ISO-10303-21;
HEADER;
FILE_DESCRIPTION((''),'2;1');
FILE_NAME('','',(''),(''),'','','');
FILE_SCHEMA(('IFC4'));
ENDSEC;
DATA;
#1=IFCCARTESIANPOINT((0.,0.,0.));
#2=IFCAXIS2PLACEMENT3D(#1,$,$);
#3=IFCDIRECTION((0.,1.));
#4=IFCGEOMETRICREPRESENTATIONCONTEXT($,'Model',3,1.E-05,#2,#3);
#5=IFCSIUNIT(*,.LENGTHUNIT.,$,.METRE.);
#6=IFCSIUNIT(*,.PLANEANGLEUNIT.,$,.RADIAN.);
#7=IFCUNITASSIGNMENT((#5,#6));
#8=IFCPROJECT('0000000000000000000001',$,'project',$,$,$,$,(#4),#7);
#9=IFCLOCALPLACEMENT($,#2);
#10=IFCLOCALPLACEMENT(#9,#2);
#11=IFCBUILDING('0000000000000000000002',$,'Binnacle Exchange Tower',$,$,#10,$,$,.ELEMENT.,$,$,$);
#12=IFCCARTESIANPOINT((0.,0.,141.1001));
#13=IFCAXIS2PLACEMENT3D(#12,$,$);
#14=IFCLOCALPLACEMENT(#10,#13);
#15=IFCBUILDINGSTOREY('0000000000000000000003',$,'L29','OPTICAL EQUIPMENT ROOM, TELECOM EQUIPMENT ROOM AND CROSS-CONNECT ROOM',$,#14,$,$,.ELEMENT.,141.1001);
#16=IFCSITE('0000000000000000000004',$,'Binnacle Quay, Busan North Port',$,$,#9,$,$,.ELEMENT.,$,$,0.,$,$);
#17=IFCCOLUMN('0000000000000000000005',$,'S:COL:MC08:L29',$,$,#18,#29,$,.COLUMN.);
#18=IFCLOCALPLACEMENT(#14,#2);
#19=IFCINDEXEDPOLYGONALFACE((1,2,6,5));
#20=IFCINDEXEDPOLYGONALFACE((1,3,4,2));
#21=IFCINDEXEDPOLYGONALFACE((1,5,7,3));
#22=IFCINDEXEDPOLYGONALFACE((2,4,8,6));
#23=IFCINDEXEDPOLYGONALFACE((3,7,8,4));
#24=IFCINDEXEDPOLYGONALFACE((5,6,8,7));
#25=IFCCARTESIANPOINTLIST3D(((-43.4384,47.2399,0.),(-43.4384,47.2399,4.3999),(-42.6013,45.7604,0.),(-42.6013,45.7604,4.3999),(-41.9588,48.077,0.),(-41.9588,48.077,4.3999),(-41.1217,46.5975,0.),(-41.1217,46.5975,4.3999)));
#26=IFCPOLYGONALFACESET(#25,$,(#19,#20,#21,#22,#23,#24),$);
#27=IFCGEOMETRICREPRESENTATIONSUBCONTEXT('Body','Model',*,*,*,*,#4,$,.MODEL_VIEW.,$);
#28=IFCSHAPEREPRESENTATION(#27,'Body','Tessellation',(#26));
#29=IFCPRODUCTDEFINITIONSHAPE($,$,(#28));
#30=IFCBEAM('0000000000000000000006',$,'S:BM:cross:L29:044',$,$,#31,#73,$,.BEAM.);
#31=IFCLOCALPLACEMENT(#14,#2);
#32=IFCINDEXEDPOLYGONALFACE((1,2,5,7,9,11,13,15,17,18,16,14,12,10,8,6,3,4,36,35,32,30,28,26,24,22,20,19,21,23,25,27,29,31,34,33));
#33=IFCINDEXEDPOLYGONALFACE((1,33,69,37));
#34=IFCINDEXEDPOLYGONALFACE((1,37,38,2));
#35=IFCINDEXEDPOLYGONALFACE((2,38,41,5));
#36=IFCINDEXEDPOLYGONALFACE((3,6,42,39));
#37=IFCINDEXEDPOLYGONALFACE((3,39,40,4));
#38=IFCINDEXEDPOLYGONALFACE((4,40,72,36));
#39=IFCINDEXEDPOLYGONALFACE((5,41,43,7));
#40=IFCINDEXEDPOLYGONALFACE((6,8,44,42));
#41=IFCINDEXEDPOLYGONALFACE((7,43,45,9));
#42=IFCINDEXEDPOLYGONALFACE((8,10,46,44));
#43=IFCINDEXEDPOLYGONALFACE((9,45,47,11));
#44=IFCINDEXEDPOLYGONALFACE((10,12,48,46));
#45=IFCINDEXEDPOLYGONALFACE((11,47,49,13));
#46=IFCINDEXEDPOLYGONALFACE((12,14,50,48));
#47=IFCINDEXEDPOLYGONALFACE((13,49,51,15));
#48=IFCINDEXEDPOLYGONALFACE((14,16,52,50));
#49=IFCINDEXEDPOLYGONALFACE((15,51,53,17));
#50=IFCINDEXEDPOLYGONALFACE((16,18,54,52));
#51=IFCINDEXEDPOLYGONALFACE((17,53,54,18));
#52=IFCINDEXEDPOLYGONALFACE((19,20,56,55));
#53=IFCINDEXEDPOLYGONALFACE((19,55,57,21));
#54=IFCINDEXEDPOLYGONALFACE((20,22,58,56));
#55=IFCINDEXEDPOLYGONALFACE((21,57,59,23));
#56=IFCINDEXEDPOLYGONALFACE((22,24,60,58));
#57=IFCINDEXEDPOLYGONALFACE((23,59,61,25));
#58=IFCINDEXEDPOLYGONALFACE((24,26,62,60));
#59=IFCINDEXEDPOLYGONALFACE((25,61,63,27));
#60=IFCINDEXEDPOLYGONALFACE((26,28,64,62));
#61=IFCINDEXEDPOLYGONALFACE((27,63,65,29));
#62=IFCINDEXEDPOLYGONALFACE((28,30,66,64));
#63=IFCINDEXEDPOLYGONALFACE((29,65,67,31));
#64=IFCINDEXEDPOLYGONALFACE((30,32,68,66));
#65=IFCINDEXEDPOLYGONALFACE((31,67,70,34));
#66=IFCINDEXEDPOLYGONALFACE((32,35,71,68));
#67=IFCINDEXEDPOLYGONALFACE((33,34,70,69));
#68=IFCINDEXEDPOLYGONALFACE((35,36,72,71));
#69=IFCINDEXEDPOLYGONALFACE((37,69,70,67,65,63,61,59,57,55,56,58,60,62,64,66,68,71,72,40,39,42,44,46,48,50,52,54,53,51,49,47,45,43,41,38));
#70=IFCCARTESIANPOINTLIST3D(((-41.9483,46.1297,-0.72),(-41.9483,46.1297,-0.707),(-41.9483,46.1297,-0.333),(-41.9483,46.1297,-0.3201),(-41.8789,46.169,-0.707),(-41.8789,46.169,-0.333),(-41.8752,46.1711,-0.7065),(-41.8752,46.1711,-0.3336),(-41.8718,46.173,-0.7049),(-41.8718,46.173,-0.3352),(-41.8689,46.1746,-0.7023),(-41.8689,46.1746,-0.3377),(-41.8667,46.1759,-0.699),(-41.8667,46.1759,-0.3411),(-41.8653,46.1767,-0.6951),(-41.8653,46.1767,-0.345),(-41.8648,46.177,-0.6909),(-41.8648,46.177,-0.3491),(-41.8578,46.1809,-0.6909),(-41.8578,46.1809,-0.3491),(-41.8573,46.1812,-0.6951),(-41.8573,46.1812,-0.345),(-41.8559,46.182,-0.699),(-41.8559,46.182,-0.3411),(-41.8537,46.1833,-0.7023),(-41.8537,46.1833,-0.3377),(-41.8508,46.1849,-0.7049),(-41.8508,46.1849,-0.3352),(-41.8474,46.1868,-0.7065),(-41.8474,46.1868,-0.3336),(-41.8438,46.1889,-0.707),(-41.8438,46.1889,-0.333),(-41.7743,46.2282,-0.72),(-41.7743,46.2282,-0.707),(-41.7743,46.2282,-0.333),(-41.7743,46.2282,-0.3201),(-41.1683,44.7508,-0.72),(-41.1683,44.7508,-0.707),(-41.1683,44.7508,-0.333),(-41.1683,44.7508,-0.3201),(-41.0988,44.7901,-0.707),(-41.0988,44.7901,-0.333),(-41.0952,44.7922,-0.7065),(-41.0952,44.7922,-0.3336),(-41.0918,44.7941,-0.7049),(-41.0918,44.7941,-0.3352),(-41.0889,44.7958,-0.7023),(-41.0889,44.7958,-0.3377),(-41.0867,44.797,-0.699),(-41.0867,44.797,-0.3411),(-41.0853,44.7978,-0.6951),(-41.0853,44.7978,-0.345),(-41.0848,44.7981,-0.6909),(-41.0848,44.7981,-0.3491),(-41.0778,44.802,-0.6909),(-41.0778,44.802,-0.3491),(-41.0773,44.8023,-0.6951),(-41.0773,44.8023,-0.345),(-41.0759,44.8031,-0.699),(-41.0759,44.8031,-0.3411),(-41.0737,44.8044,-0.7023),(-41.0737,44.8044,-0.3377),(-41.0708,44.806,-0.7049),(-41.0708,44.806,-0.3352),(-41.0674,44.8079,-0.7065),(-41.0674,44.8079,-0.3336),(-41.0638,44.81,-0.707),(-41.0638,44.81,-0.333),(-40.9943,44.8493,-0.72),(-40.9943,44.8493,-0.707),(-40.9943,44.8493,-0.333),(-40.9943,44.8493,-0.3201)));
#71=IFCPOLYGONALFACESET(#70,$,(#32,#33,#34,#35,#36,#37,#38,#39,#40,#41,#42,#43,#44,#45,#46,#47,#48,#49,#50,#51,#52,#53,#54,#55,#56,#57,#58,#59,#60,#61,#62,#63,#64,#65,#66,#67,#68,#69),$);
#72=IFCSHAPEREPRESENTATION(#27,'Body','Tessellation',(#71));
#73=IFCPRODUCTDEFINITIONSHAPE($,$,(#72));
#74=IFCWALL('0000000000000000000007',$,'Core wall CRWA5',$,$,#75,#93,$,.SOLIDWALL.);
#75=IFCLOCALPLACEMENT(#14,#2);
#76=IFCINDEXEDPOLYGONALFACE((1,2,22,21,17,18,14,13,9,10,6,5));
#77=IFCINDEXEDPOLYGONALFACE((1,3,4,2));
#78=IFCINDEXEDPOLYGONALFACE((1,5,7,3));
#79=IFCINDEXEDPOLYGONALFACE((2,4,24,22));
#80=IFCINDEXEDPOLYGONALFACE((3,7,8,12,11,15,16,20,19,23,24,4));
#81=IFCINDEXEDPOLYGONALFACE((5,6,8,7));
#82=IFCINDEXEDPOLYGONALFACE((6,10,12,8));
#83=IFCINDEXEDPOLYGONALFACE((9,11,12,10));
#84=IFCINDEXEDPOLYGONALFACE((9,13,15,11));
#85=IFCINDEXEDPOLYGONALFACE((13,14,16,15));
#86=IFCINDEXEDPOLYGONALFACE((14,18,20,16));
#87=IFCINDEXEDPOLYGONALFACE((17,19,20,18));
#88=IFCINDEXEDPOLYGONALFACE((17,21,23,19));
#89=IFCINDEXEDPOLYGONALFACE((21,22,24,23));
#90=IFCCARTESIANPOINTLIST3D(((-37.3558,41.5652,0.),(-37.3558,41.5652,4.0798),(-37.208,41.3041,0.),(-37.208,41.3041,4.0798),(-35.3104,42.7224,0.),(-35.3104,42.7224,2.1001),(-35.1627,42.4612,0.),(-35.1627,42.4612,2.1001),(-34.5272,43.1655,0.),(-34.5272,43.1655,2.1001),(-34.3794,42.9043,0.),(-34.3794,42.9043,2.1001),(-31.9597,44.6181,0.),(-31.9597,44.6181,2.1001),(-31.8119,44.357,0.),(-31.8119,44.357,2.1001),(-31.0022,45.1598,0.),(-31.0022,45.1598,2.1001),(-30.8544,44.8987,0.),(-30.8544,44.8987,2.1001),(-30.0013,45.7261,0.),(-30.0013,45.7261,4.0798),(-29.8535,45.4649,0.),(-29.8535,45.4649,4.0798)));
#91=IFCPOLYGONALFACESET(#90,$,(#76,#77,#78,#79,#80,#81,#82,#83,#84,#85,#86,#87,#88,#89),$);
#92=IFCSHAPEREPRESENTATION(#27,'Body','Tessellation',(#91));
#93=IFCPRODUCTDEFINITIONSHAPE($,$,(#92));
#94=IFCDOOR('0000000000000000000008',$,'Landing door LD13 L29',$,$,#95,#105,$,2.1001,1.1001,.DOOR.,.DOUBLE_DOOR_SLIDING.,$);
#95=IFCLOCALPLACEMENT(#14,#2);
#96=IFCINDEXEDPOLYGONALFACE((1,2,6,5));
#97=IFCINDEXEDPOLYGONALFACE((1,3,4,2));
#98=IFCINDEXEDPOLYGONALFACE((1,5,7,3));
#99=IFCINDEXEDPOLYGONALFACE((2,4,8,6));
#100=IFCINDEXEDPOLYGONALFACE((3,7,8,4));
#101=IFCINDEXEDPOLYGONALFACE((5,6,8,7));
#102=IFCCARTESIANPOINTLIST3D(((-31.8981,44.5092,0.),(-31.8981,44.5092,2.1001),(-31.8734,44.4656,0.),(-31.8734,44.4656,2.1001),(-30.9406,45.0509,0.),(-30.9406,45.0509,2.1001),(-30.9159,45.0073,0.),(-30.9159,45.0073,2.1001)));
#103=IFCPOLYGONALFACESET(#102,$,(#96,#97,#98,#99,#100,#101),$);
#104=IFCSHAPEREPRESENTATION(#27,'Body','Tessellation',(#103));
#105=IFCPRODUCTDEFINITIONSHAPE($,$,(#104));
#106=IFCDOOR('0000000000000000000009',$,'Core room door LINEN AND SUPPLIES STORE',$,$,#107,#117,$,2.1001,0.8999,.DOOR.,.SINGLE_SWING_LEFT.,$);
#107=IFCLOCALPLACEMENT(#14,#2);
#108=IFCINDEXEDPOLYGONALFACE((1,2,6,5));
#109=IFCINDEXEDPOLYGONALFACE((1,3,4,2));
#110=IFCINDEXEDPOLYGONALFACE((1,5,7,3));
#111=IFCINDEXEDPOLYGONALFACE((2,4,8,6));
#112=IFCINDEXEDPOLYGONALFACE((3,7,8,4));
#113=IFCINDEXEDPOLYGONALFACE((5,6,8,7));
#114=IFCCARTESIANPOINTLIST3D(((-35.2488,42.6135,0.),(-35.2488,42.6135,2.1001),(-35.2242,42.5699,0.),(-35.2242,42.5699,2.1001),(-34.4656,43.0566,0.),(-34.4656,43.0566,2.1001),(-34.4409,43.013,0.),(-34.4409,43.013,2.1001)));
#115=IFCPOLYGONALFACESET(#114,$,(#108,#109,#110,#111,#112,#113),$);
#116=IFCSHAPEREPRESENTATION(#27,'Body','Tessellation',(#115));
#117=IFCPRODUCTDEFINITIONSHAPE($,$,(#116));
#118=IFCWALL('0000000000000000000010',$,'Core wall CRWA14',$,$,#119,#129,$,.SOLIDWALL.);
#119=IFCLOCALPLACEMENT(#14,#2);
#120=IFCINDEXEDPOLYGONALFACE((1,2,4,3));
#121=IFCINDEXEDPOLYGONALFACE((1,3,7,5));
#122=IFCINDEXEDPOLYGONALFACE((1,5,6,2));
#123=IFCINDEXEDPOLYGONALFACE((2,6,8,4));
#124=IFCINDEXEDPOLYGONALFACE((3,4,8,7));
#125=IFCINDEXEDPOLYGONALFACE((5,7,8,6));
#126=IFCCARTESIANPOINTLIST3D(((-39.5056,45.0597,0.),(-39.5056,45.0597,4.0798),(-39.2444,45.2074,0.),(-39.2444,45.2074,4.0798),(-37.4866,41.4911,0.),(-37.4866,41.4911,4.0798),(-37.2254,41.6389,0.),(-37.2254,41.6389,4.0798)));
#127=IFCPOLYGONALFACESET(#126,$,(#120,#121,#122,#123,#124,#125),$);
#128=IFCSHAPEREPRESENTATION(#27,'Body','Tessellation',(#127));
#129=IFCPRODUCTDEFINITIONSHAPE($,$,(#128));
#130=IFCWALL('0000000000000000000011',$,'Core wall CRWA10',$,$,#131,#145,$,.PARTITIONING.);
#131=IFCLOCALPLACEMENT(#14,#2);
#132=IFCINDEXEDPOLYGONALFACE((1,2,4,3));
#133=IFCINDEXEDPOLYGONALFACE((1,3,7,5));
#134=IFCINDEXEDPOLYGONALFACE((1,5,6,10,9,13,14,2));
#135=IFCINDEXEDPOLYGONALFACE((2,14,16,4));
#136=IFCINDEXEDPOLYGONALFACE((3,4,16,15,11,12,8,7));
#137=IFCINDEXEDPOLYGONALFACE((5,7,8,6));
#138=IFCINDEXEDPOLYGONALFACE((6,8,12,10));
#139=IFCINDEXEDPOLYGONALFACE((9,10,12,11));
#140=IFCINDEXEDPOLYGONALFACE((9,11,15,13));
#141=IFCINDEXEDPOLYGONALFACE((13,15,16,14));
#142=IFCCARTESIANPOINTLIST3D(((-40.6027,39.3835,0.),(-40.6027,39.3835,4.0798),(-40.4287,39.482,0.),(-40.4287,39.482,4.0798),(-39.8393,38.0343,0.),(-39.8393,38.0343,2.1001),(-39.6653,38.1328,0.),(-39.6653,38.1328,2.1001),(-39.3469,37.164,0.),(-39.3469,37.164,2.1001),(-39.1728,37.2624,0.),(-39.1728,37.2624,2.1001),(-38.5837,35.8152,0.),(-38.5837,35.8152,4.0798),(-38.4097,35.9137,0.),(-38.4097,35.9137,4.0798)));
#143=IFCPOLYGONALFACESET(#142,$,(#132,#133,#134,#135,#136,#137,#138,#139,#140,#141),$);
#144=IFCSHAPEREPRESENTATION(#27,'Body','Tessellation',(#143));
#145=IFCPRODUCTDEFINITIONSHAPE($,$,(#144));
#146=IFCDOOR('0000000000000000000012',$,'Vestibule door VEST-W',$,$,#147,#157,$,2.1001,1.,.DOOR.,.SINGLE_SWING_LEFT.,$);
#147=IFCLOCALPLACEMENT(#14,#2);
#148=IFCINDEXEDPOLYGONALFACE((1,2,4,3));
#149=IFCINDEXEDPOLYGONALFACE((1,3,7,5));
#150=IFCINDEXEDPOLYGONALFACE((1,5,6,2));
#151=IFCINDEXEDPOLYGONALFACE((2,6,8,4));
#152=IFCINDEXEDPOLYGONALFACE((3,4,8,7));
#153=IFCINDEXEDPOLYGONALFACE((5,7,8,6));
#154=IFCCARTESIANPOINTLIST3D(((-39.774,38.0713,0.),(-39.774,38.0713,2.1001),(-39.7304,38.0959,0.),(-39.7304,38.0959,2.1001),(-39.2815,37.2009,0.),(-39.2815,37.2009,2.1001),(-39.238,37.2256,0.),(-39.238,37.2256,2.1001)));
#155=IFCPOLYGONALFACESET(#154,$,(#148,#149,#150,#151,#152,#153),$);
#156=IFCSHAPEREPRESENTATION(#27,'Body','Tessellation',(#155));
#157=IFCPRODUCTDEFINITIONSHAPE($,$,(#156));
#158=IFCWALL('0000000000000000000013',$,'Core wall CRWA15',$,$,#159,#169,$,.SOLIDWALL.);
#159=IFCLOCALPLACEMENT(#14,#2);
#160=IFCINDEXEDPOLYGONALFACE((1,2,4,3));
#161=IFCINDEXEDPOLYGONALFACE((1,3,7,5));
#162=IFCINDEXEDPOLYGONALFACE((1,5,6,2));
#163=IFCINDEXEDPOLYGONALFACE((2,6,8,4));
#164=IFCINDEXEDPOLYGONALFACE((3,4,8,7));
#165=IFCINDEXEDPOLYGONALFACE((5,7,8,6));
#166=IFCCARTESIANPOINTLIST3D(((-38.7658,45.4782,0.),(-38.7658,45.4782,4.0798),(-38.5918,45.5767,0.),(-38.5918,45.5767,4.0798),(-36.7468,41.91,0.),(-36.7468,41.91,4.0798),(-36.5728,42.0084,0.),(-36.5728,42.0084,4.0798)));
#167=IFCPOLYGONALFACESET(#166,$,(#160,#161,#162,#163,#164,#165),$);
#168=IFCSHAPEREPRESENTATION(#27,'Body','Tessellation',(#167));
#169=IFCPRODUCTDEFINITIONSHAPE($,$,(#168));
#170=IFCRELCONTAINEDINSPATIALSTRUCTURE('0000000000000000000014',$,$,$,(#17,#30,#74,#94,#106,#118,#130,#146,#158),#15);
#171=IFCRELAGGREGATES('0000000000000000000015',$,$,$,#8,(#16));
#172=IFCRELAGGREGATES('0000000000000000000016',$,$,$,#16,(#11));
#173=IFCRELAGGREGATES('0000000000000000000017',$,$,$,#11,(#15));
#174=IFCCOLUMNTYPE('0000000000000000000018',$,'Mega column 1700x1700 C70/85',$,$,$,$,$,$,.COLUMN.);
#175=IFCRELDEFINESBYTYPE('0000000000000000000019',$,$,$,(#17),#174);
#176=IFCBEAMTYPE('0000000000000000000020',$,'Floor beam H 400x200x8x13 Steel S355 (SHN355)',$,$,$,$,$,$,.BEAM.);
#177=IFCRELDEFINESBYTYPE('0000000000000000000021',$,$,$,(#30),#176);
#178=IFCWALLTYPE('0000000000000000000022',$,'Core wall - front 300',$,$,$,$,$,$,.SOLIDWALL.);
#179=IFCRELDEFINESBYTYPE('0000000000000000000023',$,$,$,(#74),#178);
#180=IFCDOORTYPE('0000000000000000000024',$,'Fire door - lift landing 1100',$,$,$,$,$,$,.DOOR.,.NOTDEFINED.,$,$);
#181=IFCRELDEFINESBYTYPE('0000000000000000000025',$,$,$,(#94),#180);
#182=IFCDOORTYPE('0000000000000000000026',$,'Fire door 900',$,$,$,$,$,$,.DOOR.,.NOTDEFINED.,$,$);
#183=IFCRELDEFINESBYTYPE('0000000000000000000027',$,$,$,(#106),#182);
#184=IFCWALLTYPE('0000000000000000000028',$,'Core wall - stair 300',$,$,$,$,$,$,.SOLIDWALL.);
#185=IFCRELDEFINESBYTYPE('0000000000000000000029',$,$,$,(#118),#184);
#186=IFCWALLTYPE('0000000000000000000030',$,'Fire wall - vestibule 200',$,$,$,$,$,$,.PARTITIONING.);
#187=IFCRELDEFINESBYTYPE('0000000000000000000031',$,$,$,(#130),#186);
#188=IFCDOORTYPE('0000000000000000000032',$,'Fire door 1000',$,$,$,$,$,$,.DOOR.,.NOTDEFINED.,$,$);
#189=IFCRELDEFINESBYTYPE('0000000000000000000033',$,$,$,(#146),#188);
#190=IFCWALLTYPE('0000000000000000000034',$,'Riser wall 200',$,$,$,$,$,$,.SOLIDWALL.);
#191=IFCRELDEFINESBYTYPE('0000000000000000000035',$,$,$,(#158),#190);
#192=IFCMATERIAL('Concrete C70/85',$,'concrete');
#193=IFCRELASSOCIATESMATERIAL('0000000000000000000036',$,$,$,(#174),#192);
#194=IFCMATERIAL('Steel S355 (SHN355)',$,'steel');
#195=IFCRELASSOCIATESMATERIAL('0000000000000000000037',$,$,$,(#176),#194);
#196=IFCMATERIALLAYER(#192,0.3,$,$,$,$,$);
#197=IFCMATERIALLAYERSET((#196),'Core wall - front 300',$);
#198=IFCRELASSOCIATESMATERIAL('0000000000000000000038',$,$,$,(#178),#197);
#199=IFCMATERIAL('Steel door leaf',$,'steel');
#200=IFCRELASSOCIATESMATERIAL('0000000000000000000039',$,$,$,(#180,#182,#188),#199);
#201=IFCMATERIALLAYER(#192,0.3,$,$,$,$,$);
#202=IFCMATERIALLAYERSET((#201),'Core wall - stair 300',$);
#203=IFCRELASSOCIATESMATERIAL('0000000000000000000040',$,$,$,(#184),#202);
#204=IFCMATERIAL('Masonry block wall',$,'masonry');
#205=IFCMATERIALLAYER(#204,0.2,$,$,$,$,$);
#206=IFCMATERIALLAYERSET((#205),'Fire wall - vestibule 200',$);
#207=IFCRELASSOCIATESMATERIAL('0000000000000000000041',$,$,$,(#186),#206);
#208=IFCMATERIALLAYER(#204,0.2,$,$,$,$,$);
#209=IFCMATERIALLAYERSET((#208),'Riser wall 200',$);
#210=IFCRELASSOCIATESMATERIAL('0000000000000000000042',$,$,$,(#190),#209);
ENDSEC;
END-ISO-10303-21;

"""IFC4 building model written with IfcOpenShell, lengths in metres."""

from ifc_helpers import new_model, si_unit, direction, frame, frame_2d, origin, origin_2d, place, context, subcontext, project, spatial, rectangle, i_section, extrude, material, layer, layer_set, material_profile, profile_set, type_object, element, fill, save


model = new_model("IFC4")

# Units and contexts
model_context = context("Model", 3, precision=1e-05, world=origin(), true_north=direction((0.0, 1.0)))
body_context = subcontext(model_context, "Body", "Model", "MODEL_VIEW")
ifc_project = project(units=[si_unit("LENGTHUNIT", "METRE"), si_unit("PLANEANGLEUNIT", "RADIAN")], contexts=[model_context])

# Site, building, storey
site_placement = place(None, origin())
site = spatial("IfcSite", under=ifc_project, at=site_placement, Name="Binnacle Quay, Busan North Port", CompositionType="ELEMENT", RefElevation=0.0)
building_placement = place(site_placement, origin())
building = spatial("IfcBuilding", under=site, at=building_placement, Name="Binnacle Exchange Tower", CompositionType="ELEMENT")
storey_placement = place(building_placement, frame((0.0, 0.0, 141.1001)))
storey = spatial("IfcBuildingStorey", under=building, at=storey_placement, Name="L29", Description="OPTICAL EQUIPMENT ROOM, TELECOM EQUIPMENT ROOM AND CROSS-CONNECT ROOM", CompositionType="ELEMENT", Elevation=141.1001)

# Column
ifc_material_1 = material(Name="Concrete C70/85", Category="concrete")
ifc_material_profile_1 = material_profile(ifc_material_1, rectangle(XDim=1.7, YDim=1.7, at=origin_2d()), Name="Mega column 1700x1700 C70/85")
ifc_profile_set_1 = profile_set([ifc_material_profile_1], Name="Concrete C70/85")
column_type = type_object("IfcColumnType", Name="Mega column 1700x1700 C70/85", PredefinedType="COLUMN", material=ifc_profile_set_1)
column_placement = place(storey_placement, frame((-42.28, 46.9187, 0.0), z_axis=(0.0, 0.0, 1.0), x_axis=(-0.870356, -0.492424, 0.0)))
element("IfcColumn", 1, at=column_placement, inside=storey, type_object=column_type, Name="S:COL:MC08:L29", PredefinedType="COLUMN", context=body_context, shape_type="SweptSolid", body=[
    extrude(rectangle(XDim=1.7, YDim=1.7, at=origin_2d()), origin(), (0.0, 0.0, 1.0), 4.3999),
])

# Beam
ifc_material_2 = material(Name="Steel S355 (SHN355)", Category="steel")
ifc_material_profile_2 = material_profile(ifc_material_2, i_section(OverallWidth=0.2, OverallDepth=0.3999, WebThickness=0.0081, FlangeThickness=0.0129, FilletRadius=0.0161, at=origin_2d()), Name="H 400x200x8x13")
ifc_profile_set_2 = profile_set([ifc_material_profile_2], Name="Steel S355 (SHN355)")
beam_type = type_object("IfcBeamType", Name="Floor beam H 400x200x8x13 Steel S355 (SHN355)", PredefinedType="BEAM", material=ifc_profile_set_2)
beam_placement = place(storey_placement, frame((-41.8613, 46.179, -0.52), z_axis=(0.492367, -0.870388, 0.0), x_axis=(0.870388, 0.492367, 0.0)))
element("IfcBeam", 2, at=beam_placement, inside=storey, type_object=beam_type, Name="S:BM:cross:L29:044", PredefinedType="BEAM", context=body_context, shape_type="SweptSolid", body=[
    extrude(i_section(OverallWidth=0.2, OverallDepth=0.3999, WebThickness=0.0081, FlangeThickness=0.0129, FilletRadius=0.0161, at=origin_2d()), origin(), (0.0, 0.0, 1.0), 1.5842),
])

# Wall, openings, doors
ifc_layer_1 = layer(ifc_material_1, 0.3)
ifc_layer_set_1 = layer_set([ifc_layer_1], Name="Core wall - front 300")
wall_type_1 = type_object("IfcWallType", Name="Core wall - front 300", PredefinedType="SOLIDWALL", material=ifc_layer_set_1)
wall_1_placement = place(storey_placement, frame((-37.282, 41.4346, 0.0), z_axis=(0.0, 0.0, 1.0), x_axis=(0.87036, 0.492416, 0.0)))
wall_1 = element("IfcWall", 3, at=wall_1_placement, inside=storey, type_object=wall_type_1, Name="Core wall CRWA5", PredefinedType="SOLIDWALL", context=body_context, shape_type="SweptSolid", body=[
    extrude(rectangle(XDim=8.45, YDim=0.3, at=frame_2d((4.2251, 0.0))), origin(), (0.0, 0.0, 1.0), 4.0798),
])
opening_1_placement = place(wall_1_placement, frame((6.2, 0.0, 0.0)))
opening_1 = element("IfcOpeningElement", 4, at=opening_1_placement, cuts=wall_1, PredefinedType="OPENING", context=body_context, shape_type="SweptSolid", body=[
    extrude(rectangle(XDim=1.1001, YDim=2.1001, at=frame_2d((0.55, 1.05))), frame((0.0, 0.1599, 0.0), z_axis=(0.0, -1.0, 0.0), x_axis=(1.0, 0.0, 0.0)), (0.0, 0.0, 1.0), 0.3201),
])
opening_2_placement = place(wall_1_placement, frame((2.3501, 0.0, 0.0)))
opening_2 = element("IfcOpeningElement", 5, at=opening_2_placement, cuts=wall_1, PredefinedType="OPENING", context=body_context, shape_type="SweptSolid", body=[
    extrude(rectangle(XDim=0.8999, YDim=2.1001, at=frame_2d((0.45, 1.05))), frame((0.0, 0.1599, 0.0), z_axis=(0.0, -1.0, 0.0), x_axis=(1.0, 0.0, 0.0)), (0.0, 0.0, 1.0), 0.3201),
])
ifc_material_3 = material(Name="Steel door leaf", Category="steel")
door_type_1 = type_object("IfcDoorType", Name="Fire door - lift landing 1100", OperationType="NOTDEFINED", PredefinedType="DOOR", material=ifc_material_3)
door_1_placement = place(opening_1_placement, origin())
door_1 = element("IfcDoor", 6, at=door_1_placement, inside=storey, type_object=door_type_1, Name="Landing door LD13 L29", OperationType="DOUBLE_DOOR_SLIDING", OverallHeight=2.1001, OverallWidth=1.1001, PredefinedType="DOOR", context=body_context, shape_type="SweptSolid", body=[
    extrude(rectangle(XDim=1.1001, YDim=2.1001, at=frame_2d((0.55, 1.05))), frame((0.0, 0.0249, 0.0), z_axis=(0.0, -1.0, 0.0), x_axis=(1.0, 0.0, 0.0)), (0.0, 0.0, 1.0), 0.05),
])
fill(opening_1, door_1)
door_type_2 = type_object("IfcDoorType", Name="Fire door 900", OperationType="NOTDEFINED", PredefinedType="DOOR", material=ifc_material_3)
door_2_placement = place(opening_2_placement, origin())
door_2 = element("IfcDoor", 7, at=door_2_placement, inside=storey, type_object=door_type_2, Name="Core room door LINEN AND SUPPLIES STORE", OperationType="SINGLE_SWING_LEFT", OverallHeight=2.1001, OverallWidth=0.8999, PredefinedType="DOOR", context=body_context, shape_type="SweptSolid", body=[
    extrude(rectangle(XDim=0.8999, YDim=2.1001, at=frame_2d((0.45, 1.05))), frame((0.0, 0.0249, 0.0), z_axis=(0.0, -1.0, 0.0), x_axis=(1.0, 0.0, 0.0)), (0.0, 0.0, 1.0), 0.05),
])
fill(opening_2, door_2)

# Wall
ifc_layer_2 = layer(ifc_material_1, 0.3)
ifc_layer_set_2 = layer_set([ifc_layer_2], Name="Core wall - stair 300")
wall_type_2 = type_object("IfcWallType", Name="Core wall - stair 300", PredefinedType="SOLIDWALL", material=ifc_layer_set_2)
wall_2_placement = place(storey_placement, frame((-39.375, 45.1335, 0.0), z_axis=(0.0, 0.0, 1.0), x_axis=(0.492428, -0.870353, 0.0)))
element("IfcWall", 8, at=wall_2_placement, inside=storey, type_object=wall_type_2, Name="Core wall CRWA14", PredefinedType="SOLIDWALL", context=body_context, shape_type="SweptSolid", body=[
    extrude(rectangle(XDim=4.1001, YDim=0.3, at=frame_2d((2.05, 0.0))), origin(), (0.0, 0.0, 1.0), 4.0798),
])

# Wall, opening, door
ifc_material_4 = material(Name="Masonry block wall", Category="masonry")
ifc_layer_3 = layer(ifc_material_4, 0.2)
ifc_layer_set_3 = layer_set([ifc_layer_3], Name="Fire wall - vestibule 200")
wall_type_3 = type_object("IfcWallType", Name="Fire wall - vestibule 200", PredefinedType="PARTITIONING", material=ifc_layer_set_3)
wall_3_placement = place(storey_placement, frame((-40.5156, 39.4326, 0.0), z_axis=(0.0, 0.0, 1.0), x_axis=(0.492454, -0.870339, 0.0)))
wall_3 = element("IfcWall", 9, at=wall_3_placement, inside=storey, type_object=wall_type_3, Name="Core wall CRWA10", PredefinedType="PARTITIONING", context=body_context, shape_type="SweptSolid", body=[
    extrude(rectangle(XDim=4.0999, YDim=0.2, at=frame_2d((2.0498, 0.0))), origin(), (0.0, 0.0, 1.0), 4.0798),
])
opening_3_placement = place(wall_3_placement, frame((1.55, 0.0, 0.0)))
opening_3 = element("IfcOpeningElement", 10, at=opening_3_placement, cuts=wall_3, PredefinedType="OPENING", context=body_context, shape_type="SweptSolid", body=[
    extrude(rectangle(XDim=1.0, YDim=2.1001, at=frame_2d((0.5, 1.05))), frame((0.0, 0.1099, 0.0), z_axis=(0.0, -1.0, 0.0), x_axis=(1.0, 0.0, 0.0)), (0.0, 0.0, 1.0), 0.22),
])
door_type_3 = type_object("IfcDoorType", Name="Fire door 1000", OperationType="NOTDEFINED", PredefinedType="DOOR", material=ifc_material_3)
door_3_placement = place(opening_3_placement, frame((1.0, 0.0, 0.0), z_axis=(0.0, 0.0, 1.0), x_axis=(-1.0, 0.0, 0.0)))
door_3 = element("IfcDoor", 11, at=door_3_placement, inside=storey, type_object=door_type_3, Name="Vestibule door VEST-W", OperationType="SINGLE_SWING_LEFT", OverallHeight=2.1001, OverallWidth=1.0, PredefinedType="DOOR", context=body_context, shape_type="SweptSolid", body=[
    extrude(rectangle(XDim=1.0, YDim=2.1001, at=frame_2d((0.5, 1.05))), frame((0.0, 0.0249, 0.0), z_axis=(0.0, -1.0, 0.0), x_axis=(1.0, 0.0, 0.0)), (0.0, 0.0, 1.0), 0.05),
])
fill(opening_3, door_3)

# Wall
ifc_layer_4 = layer(ifc_material_4, 0.2)
ifc_layer_set_4 = layer_set([ifc_layer_4], Name="Riser wall 200")
wall_type_4 = type_object("IfcWallType", Name="Riser wall 200", PredefinedType="SOLIDWALL", material=ifc_layer_set_4)
wall_4_placement = place(storey_placement, frame((-38.6787, 45.5273, 0.0), z_axis=(0.0, 0.0, 1.0), x_axis=(0.492454, -0.870339, 0.0)))
element("IfcWall", 12, at=wall_4_placement, inside=storey, type_object=wall_type_4, Name="Core wall CRWA15", PredefinedType="SOLIDWALL", context=body_context, shape_type="SweptSolid", body=[
    extrude(rectangle(XDim=4.0999, YDim=0.2, at=frame_2d((2.0498, 0.0))), origin(), (0.0, 0.0, 1.0), 4.0798),
])

save(model, "model.ifc")
